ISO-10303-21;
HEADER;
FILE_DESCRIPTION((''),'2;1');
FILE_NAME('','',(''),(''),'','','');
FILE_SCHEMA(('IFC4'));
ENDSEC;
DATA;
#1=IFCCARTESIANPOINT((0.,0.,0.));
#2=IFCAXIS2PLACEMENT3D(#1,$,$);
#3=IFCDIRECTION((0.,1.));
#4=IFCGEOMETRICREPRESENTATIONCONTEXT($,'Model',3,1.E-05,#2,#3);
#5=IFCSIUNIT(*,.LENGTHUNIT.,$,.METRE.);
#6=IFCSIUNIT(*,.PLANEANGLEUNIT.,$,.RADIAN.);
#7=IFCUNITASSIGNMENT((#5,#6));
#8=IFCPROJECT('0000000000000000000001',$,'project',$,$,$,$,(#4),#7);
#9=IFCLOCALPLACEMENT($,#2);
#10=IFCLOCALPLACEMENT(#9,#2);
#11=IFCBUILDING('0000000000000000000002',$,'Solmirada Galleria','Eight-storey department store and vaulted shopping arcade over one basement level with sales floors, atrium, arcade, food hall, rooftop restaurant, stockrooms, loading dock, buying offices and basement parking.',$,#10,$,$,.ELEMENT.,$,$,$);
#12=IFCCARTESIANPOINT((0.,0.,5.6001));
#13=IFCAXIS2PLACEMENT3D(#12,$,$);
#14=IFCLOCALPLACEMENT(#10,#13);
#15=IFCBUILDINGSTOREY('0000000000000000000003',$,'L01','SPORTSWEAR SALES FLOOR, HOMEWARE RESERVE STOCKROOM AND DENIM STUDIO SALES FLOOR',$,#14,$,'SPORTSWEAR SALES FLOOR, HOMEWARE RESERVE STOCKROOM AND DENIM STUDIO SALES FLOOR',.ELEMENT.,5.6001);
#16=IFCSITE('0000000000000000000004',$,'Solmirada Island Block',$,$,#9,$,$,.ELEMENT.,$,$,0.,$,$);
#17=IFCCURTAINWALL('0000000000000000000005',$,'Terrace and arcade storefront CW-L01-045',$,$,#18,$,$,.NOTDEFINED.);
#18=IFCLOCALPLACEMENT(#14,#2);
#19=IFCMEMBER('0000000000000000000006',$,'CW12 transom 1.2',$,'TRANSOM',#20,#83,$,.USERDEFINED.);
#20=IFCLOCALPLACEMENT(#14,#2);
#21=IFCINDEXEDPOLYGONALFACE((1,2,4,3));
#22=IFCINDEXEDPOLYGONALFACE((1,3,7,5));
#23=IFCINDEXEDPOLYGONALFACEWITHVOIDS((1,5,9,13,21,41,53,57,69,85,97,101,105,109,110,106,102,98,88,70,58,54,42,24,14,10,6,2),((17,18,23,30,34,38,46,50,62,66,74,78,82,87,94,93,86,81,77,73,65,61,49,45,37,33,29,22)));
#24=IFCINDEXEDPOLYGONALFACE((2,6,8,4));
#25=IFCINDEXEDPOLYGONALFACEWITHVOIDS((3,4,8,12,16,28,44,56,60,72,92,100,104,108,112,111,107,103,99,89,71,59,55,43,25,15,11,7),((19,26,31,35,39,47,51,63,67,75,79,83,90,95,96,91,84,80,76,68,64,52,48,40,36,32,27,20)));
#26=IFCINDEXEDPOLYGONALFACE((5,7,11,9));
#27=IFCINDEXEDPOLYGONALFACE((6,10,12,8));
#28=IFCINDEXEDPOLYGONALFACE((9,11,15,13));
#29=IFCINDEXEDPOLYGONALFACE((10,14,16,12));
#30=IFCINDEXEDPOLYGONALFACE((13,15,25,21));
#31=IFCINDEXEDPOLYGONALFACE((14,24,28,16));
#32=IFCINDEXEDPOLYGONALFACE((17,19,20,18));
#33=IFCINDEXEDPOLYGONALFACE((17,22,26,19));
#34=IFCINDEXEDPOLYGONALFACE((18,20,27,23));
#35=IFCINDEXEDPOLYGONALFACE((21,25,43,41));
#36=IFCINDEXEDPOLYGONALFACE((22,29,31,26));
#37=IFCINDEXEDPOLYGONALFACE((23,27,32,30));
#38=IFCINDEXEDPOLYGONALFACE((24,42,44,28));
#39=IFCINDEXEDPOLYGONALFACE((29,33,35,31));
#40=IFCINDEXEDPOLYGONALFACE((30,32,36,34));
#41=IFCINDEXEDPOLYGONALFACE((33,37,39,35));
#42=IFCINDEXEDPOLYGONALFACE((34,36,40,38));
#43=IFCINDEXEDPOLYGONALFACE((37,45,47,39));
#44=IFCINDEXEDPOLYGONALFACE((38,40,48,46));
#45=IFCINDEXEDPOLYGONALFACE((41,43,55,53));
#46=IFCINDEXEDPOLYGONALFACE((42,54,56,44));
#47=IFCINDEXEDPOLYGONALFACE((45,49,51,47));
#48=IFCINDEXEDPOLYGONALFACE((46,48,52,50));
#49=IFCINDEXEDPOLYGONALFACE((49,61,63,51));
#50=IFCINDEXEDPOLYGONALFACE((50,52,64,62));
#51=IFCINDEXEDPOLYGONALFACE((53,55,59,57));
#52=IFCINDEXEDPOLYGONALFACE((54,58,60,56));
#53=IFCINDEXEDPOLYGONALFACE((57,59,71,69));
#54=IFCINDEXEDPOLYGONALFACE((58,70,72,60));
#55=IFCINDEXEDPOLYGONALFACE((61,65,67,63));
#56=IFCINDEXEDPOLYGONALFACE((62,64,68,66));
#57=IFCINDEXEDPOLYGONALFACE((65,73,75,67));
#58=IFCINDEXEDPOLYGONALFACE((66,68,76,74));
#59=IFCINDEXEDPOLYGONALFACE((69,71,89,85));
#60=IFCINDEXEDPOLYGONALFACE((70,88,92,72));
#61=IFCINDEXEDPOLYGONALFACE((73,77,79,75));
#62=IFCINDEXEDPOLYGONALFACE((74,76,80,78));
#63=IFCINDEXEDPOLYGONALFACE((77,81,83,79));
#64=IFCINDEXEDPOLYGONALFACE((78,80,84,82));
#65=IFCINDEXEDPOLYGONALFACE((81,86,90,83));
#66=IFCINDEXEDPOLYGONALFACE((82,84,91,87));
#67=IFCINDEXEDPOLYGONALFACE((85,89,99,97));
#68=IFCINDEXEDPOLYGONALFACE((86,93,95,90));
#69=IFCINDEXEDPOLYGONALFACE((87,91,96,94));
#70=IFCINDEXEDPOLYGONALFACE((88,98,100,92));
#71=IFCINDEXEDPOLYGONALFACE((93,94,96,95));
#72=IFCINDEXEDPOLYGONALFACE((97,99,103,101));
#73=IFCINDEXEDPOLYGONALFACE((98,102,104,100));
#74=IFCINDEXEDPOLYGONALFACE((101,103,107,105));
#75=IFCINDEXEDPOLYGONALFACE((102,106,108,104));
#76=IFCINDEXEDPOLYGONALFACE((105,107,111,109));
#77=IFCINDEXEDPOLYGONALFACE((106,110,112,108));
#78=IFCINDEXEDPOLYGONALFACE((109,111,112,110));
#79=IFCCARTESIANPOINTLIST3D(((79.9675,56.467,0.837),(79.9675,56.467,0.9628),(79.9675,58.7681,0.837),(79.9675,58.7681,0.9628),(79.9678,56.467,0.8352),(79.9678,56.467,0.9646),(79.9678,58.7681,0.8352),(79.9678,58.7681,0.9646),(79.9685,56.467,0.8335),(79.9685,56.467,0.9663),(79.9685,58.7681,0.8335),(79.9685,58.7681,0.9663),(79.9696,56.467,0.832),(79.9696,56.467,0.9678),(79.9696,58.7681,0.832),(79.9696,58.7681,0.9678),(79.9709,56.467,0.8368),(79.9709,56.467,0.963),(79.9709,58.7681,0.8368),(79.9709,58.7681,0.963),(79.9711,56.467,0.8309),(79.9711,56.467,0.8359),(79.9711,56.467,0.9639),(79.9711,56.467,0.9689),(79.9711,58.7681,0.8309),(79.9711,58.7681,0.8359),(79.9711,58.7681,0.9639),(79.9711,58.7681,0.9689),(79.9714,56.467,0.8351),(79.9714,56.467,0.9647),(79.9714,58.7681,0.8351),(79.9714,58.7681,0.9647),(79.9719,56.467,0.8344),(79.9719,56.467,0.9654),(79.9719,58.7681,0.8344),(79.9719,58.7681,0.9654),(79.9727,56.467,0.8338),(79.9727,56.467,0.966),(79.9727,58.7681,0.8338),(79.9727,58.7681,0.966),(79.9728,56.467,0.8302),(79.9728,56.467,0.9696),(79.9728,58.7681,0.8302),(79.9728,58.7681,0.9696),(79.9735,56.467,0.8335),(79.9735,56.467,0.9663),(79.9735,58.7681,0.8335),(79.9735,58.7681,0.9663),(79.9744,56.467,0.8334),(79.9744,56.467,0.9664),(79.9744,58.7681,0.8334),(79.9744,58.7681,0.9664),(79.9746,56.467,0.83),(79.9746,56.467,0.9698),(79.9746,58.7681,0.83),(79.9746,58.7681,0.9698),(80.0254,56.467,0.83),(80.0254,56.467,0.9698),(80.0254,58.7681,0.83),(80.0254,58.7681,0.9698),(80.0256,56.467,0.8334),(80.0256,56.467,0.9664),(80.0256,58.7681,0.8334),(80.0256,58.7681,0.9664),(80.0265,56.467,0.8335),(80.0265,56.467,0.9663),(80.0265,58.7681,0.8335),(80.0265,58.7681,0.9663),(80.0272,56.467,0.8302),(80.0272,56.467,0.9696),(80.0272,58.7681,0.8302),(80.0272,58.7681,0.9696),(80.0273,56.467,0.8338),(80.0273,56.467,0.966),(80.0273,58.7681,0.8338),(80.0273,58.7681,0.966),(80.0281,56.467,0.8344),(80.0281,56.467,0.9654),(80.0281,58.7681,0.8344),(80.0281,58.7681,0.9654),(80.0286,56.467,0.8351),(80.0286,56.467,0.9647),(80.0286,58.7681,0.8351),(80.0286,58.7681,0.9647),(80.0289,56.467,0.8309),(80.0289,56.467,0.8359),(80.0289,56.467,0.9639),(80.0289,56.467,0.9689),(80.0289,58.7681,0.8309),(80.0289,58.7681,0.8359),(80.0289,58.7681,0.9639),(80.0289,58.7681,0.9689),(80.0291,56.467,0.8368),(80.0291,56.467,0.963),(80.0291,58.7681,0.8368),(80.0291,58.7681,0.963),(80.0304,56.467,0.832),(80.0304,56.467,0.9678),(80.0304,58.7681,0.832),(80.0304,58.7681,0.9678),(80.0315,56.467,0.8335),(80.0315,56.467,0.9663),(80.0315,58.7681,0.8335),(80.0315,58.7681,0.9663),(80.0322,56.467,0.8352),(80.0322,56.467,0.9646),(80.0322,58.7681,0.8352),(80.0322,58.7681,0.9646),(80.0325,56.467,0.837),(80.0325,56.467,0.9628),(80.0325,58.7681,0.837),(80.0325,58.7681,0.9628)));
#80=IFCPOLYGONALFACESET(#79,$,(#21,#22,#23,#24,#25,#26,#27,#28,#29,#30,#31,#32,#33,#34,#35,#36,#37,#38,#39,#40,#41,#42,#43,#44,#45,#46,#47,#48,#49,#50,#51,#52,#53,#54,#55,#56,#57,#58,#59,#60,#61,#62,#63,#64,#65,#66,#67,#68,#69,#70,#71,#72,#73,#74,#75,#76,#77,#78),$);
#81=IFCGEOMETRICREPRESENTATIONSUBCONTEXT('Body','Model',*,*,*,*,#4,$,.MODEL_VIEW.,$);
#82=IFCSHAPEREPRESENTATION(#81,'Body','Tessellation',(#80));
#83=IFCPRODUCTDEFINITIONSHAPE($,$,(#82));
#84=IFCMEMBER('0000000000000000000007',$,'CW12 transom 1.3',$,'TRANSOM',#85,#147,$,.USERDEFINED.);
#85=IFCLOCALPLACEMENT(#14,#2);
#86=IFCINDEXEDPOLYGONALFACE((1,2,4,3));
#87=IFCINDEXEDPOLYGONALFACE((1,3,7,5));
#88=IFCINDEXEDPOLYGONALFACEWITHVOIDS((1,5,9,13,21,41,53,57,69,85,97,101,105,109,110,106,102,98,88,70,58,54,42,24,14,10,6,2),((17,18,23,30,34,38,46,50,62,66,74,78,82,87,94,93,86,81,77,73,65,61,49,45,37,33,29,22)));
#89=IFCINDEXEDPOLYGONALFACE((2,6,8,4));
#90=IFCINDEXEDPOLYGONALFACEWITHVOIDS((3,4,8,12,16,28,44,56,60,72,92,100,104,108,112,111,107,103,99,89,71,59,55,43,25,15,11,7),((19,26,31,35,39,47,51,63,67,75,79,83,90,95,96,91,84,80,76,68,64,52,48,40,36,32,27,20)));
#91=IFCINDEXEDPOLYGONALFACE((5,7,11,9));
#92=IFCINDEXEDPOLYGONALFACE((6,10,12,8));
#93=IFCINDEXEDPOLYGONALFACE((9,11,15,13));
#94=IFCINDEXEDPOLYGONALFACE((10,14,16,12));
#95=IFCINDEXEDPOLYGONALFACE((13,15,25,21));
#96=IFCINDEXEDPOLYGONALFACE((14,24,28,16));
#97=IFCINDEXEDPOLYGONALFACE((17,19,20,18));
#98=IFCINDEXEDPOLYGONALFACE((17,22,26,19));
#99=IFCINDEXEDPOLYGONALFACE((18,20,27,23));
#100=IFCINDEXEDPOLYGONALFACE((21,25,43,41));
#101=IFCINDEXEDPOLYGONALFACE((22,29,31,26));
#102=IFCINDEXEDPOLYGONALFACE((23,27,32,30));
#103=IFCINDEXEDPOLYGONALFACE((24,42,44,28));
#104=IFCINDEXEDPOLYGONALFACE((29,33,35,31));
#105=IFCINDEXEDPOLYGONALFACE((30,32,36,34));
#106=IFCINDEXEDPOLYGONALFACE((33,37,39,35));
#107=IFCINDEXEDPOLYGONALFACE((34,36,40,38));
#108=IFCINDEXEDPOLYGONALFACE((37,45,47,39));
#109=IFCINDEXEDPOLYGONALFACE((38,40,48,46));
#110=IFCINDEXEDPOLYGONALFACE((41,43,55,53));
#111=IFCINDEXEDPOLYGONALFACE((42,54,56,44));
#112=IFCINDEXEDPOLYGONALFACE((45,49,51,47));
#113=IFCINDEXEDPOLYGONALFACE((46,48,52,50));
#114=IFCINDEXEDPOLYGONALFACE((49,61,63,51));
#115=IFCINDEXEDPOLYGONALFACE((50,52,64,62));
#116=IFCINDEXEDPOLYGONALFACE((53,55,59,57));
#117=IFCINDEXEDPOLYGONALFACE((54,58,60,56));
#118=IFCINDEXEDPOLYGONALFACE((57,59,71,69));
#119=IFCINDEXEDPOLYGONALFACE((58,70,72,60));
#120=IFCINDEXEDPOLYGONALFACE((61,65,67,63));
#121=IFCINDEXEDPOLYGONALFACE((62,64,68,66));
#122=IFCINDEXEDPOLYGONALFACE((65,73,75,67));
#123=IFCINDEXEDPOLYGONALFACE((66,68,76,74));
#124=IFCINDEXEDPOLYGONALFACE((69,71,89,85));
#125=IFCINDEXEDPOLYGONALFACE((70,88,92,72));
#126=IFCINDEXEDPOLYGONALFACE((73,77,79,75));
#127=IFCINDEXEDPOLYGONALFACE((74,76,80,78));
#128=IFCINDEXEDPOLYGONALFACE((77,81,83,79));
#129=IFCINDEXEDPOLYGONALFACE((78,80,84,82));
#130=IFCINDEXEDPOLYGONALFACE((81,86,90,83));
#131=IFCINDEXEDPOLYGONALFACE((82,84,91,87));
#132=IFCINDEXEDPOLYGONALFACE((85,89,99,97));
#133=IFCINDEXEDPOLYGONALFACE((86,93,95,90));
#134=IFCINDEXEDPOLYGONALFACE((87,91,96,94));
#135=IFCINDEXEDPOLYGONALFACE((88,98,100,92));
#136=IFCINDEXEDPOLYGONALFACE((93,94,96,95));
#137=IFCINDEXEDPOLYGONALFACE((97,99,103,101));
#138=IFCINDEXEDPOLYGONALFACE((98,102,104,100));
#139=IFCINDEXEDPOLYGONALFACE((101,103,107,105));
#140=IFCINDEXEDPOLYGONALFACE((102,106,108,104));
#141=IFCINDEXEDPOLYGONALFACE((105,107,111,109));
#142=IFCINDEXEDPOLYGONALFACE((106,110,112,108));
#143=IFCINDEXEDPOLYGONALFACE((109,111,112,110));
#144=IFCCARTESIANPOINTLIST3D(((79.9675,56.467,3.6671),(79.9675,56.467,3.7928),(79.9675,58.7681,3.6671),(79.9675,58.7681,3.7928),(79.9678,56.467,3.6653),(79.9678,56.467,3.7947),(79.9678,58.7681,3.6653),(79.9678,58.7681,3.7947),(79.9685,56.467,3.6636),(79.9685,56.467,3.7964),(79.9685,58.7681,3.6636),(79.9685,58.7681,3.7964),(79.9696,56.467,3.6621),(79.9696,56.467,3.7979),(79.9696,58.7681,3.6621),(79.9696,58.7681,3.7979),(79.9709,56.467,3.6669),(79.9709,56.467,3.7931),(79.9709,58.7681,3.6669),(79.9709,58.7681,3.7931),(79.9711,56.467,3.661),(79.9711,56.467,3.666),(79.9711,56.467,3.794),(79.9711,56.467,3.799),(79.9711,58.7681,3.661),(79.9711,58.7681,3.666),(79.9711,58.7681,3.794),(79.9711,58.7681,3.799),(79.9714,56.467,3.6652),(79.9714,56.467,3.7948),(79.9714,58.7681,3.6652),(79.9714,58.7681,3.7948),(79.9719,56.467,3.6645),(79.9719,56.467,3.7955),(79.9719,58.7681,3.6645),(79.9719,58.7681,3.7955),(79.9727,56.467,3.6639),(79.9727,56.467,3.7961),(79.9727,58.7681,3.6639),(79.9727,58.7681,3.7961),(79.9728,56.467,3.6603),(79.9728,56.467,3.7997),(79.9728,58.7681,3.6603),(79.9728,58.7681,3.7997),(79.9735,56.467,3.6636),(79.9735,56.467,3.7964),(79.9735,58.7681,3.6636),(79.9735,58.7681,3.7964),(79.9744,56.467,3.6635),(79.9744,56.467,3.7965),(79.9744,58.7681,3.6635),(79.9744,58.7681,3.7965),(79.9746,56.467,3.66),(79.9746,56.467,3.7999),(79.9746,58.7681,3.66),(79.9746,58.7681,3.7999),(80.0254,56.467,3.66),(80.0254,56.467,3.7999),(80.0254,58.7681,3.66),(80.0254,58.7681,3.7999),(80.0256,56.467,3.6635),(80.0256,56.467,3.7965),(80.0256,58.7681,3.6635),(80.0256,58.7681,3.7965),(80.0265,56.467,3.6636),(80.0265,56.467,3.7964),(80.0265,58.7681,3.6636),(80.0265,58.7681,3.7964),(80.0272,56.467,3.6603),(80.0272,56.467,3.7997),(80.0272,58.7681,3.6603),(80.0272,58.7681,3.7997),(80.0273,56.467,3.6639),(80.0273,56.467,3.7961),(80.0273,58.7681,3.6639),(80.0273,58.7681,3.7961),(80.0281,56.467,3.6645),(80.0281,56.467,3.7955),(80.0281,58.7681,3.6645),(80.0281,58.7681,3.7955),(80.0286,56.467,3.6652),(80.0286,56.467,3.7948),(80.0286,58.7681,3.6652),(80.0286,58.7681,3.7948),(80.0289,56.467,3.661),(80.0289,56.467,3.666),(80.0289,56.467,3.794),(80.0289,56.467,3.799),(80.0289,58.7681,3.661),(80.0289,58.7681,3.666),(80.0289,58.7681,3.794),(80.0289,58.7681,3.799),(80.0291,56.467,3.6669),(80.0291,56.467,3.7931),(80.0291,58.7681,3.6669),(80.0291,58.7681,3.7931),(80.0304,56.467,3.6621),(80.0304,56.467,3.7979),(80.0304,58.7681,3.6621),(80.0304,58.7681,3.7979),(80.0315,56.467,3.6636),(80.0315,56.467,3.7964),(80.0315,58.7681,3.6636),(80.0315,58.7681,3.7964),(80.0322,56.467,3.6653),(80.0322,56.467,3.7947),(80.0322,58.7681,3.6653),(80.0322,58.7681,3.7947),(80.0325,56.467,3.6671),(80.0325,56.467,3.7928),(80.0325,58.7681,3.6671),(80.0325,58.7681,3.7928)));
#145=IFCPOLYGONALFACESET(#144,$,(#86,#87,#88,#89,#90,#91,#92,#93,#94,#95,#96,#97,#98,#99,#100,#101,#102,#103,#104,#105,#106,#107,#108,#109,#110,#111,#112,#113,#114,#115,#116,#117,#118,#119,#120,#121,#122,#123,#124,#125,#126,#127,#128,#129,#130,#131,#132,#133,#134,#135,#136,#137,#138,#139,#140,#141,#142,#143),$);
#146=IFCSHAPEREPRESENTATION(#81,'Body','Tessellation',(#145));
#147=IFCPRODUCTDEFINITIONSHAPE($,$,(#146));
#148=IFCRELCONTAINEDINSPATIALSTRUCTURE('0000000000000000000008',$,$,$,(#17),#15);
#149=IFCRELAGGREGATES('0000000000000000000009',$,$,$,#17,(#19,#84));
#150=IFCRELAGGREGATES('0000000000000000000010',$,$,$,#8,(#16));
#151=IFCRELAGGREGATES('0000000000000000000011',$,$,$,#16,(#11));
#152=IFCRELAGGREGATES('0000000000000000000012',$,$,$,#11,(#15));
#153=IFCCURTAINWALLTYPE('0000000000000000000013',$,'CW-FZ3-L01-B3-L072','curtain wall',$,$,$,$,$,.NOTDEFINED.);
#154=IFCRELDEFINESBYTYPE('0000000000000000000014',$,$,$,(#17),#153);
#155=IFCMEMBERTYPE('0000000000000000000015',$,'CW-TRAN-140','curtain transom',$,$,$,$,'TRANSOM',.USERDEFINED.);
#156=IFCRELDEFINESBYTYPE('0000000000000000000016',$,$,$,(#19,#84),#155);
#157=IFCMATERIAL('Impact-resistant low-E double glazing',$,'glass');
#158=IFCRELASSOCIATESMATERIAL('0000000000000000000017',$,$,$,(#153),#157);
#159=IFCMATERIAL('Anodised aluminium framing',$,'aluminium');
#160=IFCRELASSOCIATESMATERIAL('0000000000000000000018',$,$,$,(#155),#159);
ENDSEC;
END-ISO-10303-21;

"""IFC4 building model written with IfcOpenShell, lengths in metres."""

from ifc_helpers import new_model, si_unit, direction, frame, origin, origin_2d, place, context, subcontext, project, spatial, hollow_rectangle, extrude, material, material_profile, profile_set, type_object, element, aggregate, save


model = new_model("IFC4")

# Units and contexts
model_context = context("Model", 3, precision=1e-05, world=origin(), true_north=direction((0.0, 1.0)))
body_context = subcontext(model_context, "Body", "Model", "MODEL_VIEW")
ifc_project = project(units=[si_unit("LENGTHUNIT", "METRE"), si_unit("PLANEANGLEUNIT", "RADIAN")], contexts=[model_context])

# Site, building, storey
site_placement = place(None, origin())
site = spatial("IfcSite", under=ifc_project, at=site_placement, Name="Solmirada Island Block", CompositionType="ELEMENT", RefElevation=0.0)
building_placement = place(site_placement, origin())
building = spatial("IfcBuilding", under=site, at=building_placement, Name="Solmirada Galleria", Description="Eight-storey department store and vaulted shopping arcade over one basement level with sales floors, atrium, arcade, food hall, rooftop restaurant, stockrooms, loading dock, buying offices and basement parking.", CompositionType="ELEMENT")
storey_placement = place(building_placement, frame((0.0, 0.0, 5.6001)))
storey = spatial("IfcBuildingStorey", under=building, at=storey_placement, Name="L01", Description="SPORTSWEAR SALES FLOOR, HOMEWARE RESERVE STOCKROOM AND DENIM STUDIO SALES FLOOR", LongName="SPORTSWEAR SALES FLOOR, HOMEWARE RESERVE STOCKROOM AND DENIM STUDIO SALES FLOOR", CompositionType="ELEMENT", Elevation=5.6001)

# Curtain wall
ifc_material_1 = material(Name="Impact-resistant low-E double glazing", Category="glass")
curtain_wall_type = type_object("IfcCurtainWallType", Name="CW-FZ3-L01-B3-L072", Description="curtain wall", PredefinedType="NOTDEFINED", material=ifc_material_1)
curtain_wall_1_placement = place(storey_placement, origin())
curtain_wall_1 = element("IfcCurtainWall", 1, at=curtain_wall_1_placement, inside=storey, type_object=curtain_wall_type, Name="Terrace and arcade storefront CW-L01-045", PredefinedType="NOTDEFINED")
ifc_material_2 = material(Name="Anodised aluminium framing", Category="aluminium")

# Members
ifc_material_profile_1 = material_profile(ifc_material_2, hollow_rectangle(XDim=0.0649, YDim=0.1399, WallThickness=0.0034, InnerFilletRadius=0.0034, OuterFilletRadius=0.0071, at=origin_2d()), Name="ALU-TRAN-140X65")
ifc_profile_set_1 = profile_set([ifc_material_profile_1], Name="Anodised aluminium framing")
member_type_1 = type_object("IfcMemberType", Name="CW-TRAN-140", Description="curtain transom", ElementType="TRANSOM", PredefinedType="USERDEFINED", material=ifc_profile_set_1)
member_1_placement = place(storey_placement, frame((80.0, 56.467, 0.8999), z_axis=(0.0, 1.0, 0.0), x_axis=(-1.0, 0.0, 0.0)))
member_1 = element("IfcMember", 2, at=member_1_placement, type_object=member_type_1, Name="CW12 transom 1.2", ObjectType="TRANSOM", PredefinedType="USERDEFINED", context=body_context, shape_type="SweptSolid", body=[
    extrude(hollow_rectangle(XDim=0.0649, YDim=0.1399, WallThickness=0.0034, InnerFilletRadius=0.0034, OuterFilletRadius=0.0071, at=origin_2d()), origin(), (0.0, 0.0, 1.0), 2.301),
])
member_2_placement = place(storey_placement, frame((80.0, 56.467, 3.73), z_axis=(0.0, 1.0, 0.0), x_axis=(-1.0, 0.0, 0.0)))
member_2 = element("IfcMember", 3, at=member_2_placement, type_object=member_type_1, Name="CW12 transom 1.3", ObjectType="TRANSOM", PredefinedType="USERDEFINED", context=body_context, shape_type="SweptSolid", body=[
    extrude(hollow_rectangle(XDim=0.0649, YDim=0.1399, WallThickness=0.0034, InnerFilletRadius=0.0034, OuterFilletRadius=0.0071, at=origin_2d()), origin(), (0.0, 0.0, 1.0), 2.301),
])

aggregate(curtain_wall_1, [member_1, member_2])

save(model, "model.ifc")
